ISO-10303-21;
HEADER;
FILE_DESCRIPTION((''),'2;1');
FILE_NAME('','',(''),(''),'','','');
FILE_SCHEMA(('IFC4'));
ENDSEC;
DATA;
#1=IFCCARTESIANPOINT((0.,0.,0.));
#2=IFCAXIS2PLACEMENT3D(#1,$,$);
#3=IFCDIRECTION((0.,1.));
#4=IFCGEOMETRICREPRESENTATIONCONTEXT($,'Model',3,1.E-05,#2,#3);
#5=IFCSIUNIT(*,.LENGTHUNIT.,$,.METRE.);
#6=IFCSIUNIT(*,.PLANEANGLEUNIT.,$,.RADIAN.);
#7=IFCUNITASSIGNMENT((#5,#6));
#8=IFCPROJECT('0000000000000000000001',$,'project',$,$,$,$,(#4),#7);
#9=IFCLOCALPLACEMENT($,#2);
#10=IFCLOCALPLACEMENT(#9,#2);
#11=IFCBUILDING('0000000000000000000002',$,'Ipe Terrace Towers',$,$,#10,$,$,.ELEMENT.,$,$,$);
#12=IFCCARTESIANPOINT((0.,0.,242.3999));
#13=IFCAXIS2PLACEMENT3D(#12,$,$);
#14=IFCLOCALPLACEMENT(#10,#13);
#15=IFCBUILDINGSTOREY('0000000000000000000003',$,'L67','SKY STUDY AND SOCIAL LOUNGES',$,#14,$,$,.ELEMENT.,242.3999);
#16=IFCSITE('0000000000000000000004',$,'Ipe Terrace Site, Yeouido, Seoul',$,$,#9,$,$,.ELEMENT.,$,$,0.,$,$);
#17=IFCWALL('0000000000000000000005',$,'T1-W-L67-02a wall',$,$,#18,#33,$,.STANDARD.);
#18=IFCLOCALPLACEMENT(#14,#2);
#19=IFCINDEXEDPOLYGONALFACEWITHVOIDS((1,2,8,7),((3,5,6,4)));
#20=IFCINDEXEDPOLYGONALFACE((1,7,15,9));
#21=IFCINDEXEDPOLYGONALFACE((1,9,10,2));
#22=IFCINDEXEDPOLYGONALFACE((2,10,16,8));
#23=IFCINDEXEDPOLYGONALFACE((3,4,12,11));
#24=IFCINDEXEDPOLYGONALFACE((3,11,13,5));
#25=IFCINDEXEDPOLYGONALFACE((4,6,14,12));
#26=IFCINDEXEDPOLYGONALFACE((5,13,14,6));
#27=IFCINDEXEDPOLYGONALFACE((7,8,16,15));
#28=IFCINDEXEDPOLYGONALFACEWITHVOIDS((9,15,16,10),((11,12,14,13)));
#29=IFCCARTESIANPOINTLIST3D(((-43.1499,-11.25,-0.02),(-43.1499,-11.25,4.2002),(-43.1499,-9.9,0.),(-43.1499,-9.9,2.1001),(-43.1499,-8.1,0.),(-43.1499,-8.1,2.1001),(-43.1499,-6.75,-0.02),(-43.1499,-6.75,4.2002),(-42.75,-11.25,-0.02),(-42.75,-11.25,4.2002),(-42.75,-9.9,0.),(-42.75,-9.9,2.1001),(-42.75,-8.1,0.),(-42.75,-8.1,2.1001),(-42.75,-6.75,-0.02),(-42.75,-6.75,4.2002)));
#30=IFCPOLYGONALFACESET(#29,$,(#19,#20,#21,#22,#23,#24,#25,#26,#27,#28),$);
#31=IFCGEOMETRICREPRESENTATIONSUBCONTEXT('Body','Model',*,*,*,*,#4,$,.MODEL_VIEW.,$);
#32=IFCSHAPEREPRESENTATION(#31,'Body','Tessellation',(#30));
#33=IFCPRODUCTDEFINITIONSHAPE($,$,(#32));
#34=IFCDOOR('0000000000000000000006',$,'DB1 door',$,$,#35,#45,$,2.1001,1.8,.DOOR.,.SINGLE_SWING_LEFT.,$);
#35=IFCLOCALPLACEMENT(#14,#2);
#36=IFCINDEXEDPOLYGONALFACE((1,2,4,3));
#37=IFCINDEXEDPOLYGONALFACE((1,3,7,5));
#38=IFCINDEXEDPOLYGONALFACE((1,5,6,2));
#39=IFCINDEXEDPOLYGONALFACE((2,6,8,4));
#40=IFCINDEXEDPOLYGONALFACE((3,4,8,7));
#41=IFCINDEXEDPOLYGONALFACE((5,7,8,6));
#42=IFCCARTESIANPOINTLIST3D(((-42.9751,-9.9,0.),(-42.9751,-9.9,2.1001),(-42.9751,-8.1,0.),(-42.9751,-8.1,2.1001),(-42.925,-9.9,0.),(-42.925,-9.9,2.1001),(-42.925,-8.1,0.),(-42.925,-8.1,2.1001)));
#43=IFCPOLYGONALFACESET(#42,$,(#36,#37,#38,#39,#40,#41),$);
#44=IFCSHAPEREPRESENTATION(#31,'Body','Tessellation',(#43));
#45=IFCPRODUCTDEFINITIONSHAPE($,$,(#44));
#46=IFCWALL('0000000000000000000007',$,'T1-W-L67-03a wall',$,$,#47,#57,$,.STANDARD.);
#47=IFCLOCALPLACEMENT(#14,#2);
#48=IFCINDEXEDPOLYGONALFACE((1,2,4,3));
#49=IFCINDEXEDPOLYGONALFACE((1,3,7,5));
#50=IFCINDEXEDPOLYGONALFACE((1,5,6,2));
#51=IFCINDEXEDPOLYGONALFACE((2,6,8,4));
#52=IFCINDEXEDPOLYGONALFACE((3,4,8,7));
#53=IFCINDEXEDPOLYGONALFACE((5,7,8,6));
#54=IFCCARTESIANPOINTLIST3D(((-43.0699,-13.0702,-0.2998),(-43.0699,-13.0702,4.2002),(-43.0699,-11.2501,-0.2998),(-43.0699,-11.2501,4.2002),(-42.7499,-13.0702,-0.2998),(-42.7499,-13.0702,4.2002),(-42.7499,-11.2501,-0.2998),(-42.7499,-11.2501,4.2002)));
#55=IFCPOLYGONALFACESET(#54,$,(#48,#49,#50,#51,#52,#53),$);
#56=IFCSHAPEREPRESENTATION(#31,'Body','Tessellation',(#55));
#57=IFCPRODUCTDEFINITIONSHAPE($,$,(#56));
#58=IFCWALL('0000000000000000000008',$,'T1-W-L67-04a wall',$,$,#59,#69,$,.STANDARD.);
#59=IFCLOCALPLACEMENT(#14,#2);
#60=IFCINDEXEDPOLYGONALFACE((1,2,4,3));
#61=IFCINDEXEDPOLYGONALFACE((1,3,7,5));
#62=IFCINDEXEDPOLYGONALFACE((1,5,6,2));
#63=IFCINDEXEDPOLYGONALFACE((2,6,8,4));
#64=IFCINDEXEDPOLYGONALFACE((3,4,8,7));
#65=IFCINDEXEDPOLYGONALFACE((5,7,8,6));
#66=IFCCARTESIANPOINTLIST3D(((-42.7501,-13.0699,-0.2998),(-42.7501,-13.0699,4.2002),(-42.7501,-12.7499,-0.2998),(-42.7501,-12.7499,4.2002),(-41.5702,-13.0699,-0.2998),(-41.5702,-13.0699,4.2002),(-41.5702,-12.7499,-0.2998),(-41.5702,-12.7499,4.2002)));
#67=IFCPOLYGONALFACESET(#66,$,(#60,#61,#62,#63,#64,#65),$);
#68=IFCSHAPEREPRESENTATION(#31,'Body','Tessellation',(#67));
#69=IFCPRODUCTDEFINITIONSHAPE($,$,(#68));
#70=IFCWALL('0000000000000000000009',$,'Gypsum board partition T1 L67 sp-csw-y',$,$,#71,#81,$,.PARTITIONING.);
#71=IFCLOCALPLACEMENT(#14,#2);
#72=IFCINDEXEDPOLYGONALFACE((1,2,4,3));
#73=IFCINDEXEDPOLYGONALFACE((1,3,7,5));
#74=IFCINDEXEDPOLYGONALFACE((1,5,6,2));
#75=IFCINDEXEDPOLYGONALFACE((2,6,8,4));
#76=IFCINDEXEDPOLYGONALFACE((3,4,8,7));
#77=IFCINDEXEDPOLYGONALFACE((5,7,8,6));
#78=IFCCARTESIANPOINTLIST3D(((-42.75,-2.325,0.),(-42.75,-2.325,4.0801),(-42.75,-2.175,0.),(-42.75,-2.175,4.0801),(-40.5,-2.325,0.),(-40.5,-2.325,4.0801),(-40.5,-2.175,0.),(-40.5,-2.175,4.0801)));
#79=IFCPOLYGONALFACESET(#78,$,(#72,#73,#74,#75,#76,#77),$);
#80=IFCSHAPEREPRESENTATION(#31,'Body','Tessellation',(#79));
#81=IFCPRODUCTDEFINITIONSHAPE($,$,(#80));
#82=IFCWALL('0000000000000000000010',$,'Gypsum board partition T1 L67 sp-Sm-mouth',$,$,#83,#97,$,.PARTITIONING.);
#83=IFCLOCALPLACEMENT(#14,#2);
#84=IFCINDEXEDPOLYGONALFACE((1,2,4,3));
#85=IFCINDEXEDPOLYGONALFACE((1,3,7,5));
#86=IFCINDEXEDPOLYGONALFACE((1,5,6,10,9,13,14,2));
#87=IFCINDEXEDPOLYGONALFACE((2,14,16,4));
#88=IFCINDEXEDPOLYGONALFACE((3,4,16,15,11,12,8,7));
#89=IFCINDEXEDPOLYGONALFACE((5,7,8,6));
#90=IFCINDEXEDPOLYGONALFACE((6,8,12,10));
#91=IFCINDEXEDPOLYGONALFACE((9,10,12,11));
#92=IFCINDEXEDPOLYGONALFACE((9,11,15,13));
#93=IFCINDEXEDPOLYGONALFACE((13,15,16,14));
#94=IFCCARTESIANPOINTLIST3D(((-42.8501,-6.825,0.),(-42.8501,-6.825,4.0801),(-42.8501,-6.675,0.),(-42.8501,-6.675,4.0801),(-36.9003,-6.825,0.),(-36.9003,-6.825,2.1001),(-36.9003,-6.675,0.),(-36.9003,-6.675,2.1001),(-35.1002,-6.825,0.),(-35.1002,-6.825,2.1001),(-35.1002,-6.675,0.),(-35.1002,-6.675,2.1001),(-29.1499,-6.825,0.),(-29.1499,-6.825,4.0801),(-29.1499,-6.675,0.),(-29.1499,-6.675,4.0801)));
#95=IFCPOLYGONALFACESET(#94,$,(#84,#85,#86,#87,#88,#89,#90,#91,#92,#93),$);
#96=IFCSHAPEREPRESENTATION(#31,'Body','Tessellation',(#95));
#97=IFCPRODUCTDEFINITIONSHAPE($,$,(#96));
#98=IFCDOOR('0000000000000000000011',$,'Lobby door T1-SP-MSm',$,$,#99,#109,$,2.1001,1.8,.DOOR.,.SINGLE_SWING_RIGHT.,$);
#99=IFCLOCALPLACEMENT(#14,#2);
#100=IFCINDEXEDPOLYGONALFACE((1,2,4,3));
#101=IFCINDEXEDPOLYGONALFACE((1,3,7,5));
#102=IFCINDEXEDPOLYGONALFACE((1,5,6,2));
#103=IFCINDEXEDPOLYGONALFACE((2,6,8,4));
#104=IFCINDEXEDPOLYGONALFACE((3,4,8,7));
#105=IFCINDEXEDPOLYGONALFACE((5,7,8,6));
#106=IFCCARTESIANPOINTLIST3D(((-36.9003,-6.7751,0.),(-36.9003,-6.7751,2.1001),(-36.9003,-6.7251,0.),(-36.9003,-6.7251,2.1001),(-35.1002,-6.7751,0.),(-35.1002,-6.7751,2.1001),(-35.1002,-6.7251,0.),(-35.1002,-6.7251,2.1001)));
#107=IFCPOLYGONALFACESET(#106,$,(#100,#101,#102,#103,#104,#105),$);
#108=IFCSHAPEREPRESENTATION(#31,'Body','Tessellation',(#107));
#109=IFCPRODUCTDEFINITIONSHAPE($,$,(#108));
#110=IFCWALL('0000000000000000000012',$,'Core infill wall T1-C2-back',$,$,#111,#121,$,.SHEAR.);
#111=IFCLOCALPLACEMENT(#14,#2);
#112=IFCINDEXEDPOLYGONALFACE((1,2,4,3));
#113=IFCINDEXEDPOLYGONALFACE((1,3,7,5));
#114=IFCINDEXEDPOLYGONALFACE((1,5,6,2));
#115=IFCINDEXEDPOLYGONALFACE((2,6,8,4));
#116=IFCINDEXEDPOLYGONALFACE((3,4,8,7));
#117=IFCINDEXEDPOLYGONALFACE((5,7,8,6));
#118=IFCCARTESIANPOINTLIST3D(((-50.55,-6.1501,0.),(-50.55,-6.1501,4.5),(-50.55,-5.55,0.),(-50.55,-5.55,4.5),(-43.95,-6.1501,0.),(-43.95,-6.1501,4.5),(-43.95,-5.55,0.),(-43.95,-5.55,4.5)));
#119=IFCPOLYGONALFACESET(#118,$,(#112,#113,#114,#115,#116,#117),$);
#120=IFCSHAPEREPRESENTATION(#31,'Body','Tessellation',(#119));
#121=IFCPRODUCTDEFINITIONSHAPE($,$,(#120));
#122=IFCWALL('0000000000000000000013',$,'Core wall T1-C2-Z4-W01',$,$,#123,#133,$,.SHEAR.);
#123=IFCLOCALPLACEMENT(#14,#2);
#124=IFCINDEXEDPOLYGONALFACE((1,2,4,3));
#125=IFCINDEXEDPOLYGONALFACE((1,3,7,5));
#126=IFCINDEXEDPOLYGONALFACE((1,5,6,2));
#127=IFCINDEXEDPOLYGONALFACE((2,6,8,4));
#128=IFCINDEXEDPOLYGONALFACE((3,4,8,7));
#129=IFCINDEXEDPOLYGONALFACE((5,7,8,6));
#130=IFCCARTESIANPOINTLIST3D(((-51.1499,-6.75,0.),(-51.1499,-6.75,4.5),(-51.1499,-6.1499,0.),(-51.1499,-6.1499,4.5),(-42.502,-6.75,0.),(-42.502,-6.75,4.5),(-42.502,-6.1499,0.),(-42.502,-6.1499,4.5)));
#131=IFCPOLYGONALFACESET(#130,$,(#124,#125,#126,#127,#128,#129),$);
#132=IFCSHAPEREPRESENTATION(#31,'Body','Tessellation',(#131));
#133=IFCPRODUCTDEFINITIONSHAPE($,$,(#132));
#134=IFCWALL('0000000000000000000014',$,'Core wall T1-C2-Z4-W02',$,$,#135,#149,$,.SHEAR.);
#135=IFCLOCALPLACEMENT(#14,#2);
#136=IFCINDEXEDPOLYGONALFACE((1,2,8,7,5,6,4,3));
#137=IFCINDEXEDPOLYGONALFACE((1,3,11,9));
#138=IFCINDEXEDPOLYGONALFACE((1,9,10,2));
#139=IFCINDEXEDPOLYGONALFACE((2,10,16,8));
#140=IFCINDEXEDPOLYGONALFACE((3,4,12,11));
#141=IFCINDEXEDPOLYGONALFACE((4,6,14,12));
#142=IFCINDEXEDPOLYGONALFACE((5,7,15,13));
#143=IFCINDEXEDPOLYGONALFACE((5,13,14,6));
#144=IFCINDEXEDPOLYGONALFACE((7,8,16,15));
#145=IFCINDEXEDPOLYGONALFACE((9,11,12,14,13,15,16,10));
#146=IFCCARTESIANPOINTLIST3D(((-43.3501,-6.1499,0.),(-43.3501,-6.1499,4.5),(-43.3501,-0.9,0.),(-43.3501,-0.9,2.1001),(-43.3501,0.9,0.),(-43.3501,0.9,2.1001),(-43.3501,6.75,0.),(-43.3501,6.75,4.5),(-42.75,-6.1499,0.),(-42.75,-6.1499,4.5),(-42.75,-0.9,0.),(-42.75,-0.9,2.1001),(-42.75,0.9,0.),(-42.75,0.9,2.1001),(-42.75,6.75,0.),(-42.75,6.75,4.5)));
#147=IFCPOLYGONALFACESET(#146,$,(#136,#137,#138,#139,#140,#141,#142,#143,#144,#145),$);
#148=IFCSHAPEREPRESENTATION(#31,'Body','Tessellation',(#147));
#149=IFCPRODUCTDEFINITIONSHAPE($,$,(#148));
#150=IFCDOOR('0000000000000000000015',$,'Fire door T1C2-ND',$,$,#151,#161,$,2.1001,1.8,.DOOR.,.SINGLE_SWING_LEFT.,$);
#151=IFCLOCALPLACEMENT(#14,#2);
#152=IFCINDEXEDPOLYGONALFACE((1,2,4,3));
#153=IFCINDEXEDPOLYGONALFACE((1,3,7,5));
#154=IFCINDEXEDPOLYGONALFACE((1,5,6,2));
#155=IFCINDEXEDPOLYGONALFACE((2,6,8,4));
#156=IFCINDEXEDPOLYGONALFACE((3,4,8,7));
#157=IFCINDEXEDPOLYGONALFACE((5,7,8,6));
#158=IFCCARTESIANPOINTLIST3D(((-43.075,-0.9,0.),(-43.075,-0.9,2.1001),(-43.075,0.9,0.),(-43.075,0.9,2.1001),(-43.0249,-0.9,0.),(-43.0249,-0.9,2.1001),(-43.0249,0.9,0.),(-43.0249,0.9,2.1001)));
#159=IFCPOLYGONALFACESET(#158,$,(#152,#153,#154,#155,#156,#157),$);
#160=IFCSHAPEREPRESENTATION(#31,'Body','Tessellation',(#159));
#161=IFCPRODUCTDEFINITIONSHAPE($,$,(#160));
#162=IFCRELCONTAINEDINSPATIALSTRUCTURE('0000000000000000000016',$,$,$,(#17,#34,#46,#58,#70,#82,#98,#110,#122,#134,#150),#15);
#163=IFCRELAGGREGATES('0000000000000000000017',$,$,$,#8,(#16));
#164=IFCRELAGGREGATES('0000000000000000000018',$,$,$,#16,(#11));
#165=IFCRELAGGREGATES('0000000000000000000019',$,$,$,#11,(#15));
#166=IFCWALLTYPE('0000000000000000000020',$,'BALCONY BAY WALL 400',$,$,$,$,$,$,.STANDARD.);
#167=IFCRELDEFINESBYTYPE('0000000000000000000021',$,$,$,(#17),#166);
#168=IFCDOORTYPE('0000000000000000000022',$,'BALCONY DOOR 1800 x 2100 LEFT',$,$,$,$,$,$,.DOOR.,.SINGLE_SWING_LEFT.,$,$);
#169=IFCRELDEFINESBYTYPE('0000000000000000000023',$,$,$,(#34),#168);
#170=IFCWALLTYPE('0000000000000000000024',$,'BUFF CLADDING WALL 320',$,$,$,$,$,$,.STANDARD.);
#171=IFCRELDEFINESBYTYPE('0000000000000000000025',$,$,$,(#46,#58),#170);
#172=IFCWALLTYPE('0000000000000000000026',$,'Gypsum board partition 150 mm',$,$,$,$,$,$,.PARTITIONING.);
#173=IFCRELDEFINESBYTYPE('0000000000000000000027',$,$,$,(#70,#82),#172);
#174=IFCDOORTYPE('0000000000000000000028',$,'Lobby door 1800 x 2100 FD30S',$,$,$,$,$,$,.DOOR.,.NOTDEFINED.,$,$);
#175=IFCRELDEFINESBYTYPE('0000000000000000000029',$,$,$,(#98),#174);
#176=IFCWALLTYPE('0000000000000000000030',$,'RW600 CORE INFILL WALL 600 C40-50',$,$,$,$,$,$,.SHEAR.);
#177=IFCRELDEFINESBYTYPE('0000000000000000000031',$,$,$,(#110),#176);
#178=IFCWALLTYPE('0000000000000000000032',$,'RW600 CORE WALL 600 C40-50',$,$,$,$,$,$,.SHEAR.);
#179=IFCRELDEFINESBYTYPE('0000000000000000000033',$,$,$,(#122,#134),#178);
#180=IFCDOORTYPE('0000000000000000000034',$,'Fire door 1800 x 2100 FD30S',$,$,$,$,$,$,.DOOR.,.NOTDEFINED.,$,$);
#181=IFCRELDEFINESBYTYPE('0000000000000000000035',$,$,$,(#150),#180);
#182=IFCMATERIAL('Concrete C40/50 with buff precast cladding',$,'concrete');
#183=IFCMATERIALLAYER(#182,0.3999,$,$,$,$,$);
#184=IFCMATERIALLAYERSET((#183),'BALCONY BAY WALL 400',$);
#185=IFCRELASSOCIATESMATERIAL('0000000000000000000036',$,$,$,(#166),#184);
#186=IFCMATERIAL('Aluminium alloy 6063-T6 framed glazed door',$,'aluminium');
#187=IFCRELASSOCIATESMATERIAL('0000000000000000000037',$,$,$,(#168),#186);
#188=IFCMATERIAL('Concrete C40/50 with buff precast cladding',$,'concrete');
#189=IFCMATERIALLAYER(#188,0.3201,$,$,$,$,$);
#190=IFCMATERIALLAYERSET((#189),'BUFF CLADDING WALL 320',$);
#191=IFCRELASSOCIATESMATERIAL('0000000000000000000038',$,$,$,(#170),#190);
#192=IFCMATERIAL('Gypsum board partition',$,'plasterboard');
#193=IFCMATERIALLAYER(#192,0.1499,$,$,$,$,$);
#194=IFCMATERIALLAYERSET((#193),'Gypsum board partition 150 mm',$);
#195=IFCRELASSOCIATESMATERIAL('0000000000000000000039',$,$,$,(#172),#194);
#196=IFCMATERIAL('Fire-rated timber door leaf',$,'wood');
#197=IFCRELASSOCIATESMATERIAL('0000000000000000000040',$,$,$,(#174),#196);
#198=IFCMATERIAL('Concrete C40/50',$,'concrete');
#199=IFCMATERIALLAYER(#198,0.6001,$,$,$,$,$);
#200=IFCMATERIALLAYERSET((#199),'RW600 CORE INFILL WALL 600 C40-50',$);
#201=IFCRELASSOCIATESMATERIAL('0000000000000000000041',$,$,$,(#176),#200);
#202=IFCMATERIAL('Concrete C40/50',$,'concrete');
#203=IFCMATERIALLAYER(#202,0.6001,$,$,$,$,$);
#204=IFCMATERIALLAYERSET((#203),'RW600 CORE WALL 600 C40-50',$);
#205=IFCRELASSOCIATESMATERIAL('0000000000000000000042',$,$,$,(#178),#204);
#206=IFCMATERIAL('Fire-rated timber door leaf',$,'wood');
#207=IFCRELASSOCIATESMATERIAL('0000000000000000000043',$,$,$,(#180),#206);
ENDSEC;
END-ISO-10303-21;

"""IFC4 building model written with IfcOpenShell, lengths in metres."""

from ifc_helpers import new_model, si_unit, direction, frame, frame_2d, origin, place, context, subcontext, project, spatial, rectangle, extrude, material, layer, layer_set, type_object, element, fill, save


model = new_model("IFC4")

# Units and contexts
model_context = context("Model", 3, precision=1e-05, world=origin(), true_north=direction((0.0, 1.0)))
body_context = subcontext(model_context, "Body", "Model", "MODEL_VIEW")
ifc_project = project(units=[si_unit("LENGTHUNIT", "METRE"), si_unit("PLANEANGLEUNIT", "RADIAN")], contexts=[model_context])

# Site, building, storey
site_placement = place(None, origin())
site = spatial("IfcSite", under=ifc_project, at=site_placement, Name="Ipe Terrace Site, Yeouido, Seoul", CompositionType="ELEMENT", RefElevation=0.0)
building_placement = place(site_placement, origin())
building = spatial("IfcBuilding", under=site, at=building_placement, Name="Ipe Terrace Towers", CompositionType="ELEMENT")
storey_placement = place(building_placement, frame((0.0, 0.0, 242.3999)))
storey = spatial("IfcBuildingStorey", under=building, at=storey_placement, Name="L67", Description="SKY STUDY AND SOCIAL LOUNGES", CompositionType="ELEMENT", Elevation=242.3999)

# Wall, opening, door
ifc_material_1 = material(Name="Concrete C40/50 with buff precast cladding", Category="concrete")
ifc_layer_1 = layer(ifc_material_1, 0.3999)
ifc_layer_set_1 = layer_set([ifc_layer_1], Name="BALCONY BAY WALL 400")
wall_type_1 = type_object("IfcWallType", Name="BALCONY BAY WALL 400", PredefinedType="STANDARD", material=ifc_layer_set_1)
wall_1_placement = place(storey_placement, frame((-42.95, -6.75, -0.02), z_axis=(0.0, 0.0, 1.0), x_axis=(0.0, -1.0, 0.0)))
wall_1 = element("IfcWall", 1, at=wall_1_placement, inside=storey, type_object=wall_type_1, Name="T1-W-L67-02a wall", PredefinedType="STANDARD", context=body_context, shape_type="SweptSolid", body=[
    extrude(rectangle(XDim=4.5, YDim=0.3999, at=frame_2d((2.25, 0.0))), origin(), (0.0, 0.0, 1.0), 4.2202),
])
opening_1_placement = place(wall_1_placement, frame((1.3501, 0.0, 0.02)))
opening_1 = element("IfcOpeningElement", 2, at=opening_1_placement, cuts=wall_1, PredefinedType="OPENING", context=body_context, shape_type="SweptSolid", body=[
    extrude(rectangle(XDim=1.8, YDim=2.1001, at=frame_2d((0.8999, 1.05))), frame((0.0, 0.21, 0.0), z_axis=(0.0, -1.0, 0.0), x_axis=(1.0, 0.0, 0.0)), (0.0, 0.0, 1.0), 0.4199),
])
ifc_material_2 = material(Name="Aluminium alloy 6063-T6 framed glazed door", Category="aluminium")
door_type_1 = type_object("IfcDoorType", Name="BALCONY DOOR 1800 x 2100 LEFT", OperationType="SINGLE_SWING_LEFT", PredefinedType="DOOR", material=ifc_material_2)
door_1_placement = place(opening_1_placement, origin())
door_1 = element("IfcDoor", 3, at=door_1_placement, inside=storey, type_object=door_type_1, Name="DB1 door", OperationType="SINGLE_SWING_LEFT", OverallHeight=2.1001, OverallWidth=1.8, PredefinedType="DOOR", context=body_context, shape_type="SweptSolid", body=[
    extrude(rectangle(XDim=1.8, YDim=2.1001, at=frame_2d((0.8999, 1.05))), frame((0.0, 0.0249, 0.0), z_axis=(0.0, -1.0, 0.0), x_axis=(1.0, 0.0, 0.0)), (0.0, 0.0, 1.0), 0.05),
])
fill(opening_1, door_1)

# Walls
ifc_material_3 = material(Name="Concrete C40/50 with buff precast cladding", Category="concrete")
ifc_layer_2 = layer(ifc_material_3, 0.3201)
ifc_layer_set_2 = layer_set([ifc_layer_2], Name="BUFF CLADDING WALL 320")
wall_type_2 = type_object("IfcWallType", Name="BUFF CLADDING WALL 320", PredefinedType="STANDARD", material=ifc_layer_set_2)
wall_2_placement = place(storey_placement, frame((-42.9099, -11.25, -0.2998), z_axis=(0.0, 0.0, 1.0), x_axis=(0.0, -1.0, 0.0)))
element("IfcWall", 4, at=wall_2_placement, inside=storey, type_object=wall_type_2, Name="T1-W-L67-03a wall", PredefinedType="STANDARD", context=body_context, shape_type="SweptSolid", body=[
    extrude(rectangle(XDim=1.8201, YDim=0.3201, at=frame_2d((0.9102, 0.0))), origin(), (0.0, 0.0, 1.0), 4.5),
])
wall_3_placement = place(storey_placement, frame((-42.75, -12.9099, -0.2998), z_axis=(0.0, 0.0, 1.0), x_axis=(1.0, 0.0, 0.0)))
element("IfcWall", 5, at=wall_3_placement, inside=storey, type_object=wall_type_2, Name="T1-W-L67-04a wall", PredefinedType="STANDARD", context=body_context, shape_type="SweptSolid", body=[
    extrude(rectangle(XDim=1.1799, YDim=0.3201, at=frame_2d((0.5898, 0.0))), origin(), (0.0, 0.0, 1.0), 4.5),
])
ifc_material_4 = material(Name="Gypsum board partition", Category="plasterboard")
ifc_layer_3 = layer(ifc_material_4, 0.1499)
ifc_layer_set_3 = layer_set([ifc_layer_3], Name="Gypsum board partition 150 mm")
wall_type_3 = type_object("IfcWallType", Name="Gypsum board partition 150 mm", PredefinedType="PARTITIONING", material=ifc_layer_set_3)
wall_4_placement = place(storey_placement, frame((-42.75, -2.25, 0.0), z_axis=(0.0, 0.0, 1.0), x_axis=(1.0, 0.0, 0.0)))
element("IfcWall", 6, at=wall_4_placement, inside=storey, type_object=wall_type_3, Name="Gypsum board partition T1 L67 sp-csw-y", PredefinedType="PARTITIONING", context=body_context, shape_type="SweptSolid", body=[
    extrude(rectangle(XDim=2.25, YDim=0.1499, at=frame_2d((1.125, 0.0))), origin(), (0.0, 0.0, 1.0), 4.0801),
])

# Wall, opening, door
wall_5_placement = place(storey_placement, frame((-42.8501, -6.75, 0.0), z_axis=(0.0, 0.0, 1.0), x_axis=(1.0, 0.0, 0.0)))
wall_5 = element("IfcWall", 7, at=wall_5_placement, inside=storey, type_object=wall_type_3, Name="Gypsum board partition T1 L67 sp-Sm-mouth", PredefinedType="PARTITIONING", context=body_context, shape_type="SweptSolid", body=[
    extrude(rectangle(XDim=13.7002, YDim=0.1499, at=frame_2d((6.8501, 0.0))), origin(), (0.0, 0.0, 1.0), 4.0801),
])
opening_2_placement = place(wall_5_placement, frame((5.95, 0.0, 0.0)))
opening_2 = element("IfcOpeningElement", 8, at=opening_2_placement, cuts=wall_5, PredefinedType="OPENING", context=body_context, shape_type="SweptSolid", body=[
    extrude(rectangle(XDim=1.8, YDim=2.1001, at=frame_2d((0.8999, 1.05))), frame((0.0, 0.085, 0.0), z_axis=(0.0, -1.0, 0.0), x_axis=(1.0, 0.0, 0.0)), (0.0, 0.0, 1.0), 0.1699),
])
ifc_material_5 = material(Name="Fire-rated timber door leaf", Category="wood")
door_type_2 = type_object("IfcDoorType", Name="Lobby door 1800 x 2100 FD30S", OperationType="NOTDEFINED", PredefinedType="DOOR", material=ifc_material_5)
door_2_placement = place(opening_2_placement, origin())
door_2 = element("IfcDoor", 9, at=door_2_placement, inside=storey, type_object=door_type_2, Name="Lobby door T1-SP-MSm", OperationType="SINGLE_SWING_RIGHT", OverallHeight=2.1001, OverallWidth=1.8, PredefinedType="DOOR", context=body_context, shape_type="SweptSolid", body=[
    extrude(rectangle(XDim=1.8, YDim=2.1001, at=frame_2d((0.8999, 1.05))), frame((0.0, 0.0249, 0.0), z_axis=(0.0, -1.0, 0.0), x_axis=(1.0, 0.0, 0.0)), (0.0, 0.0, 1.0), 0.05),
])
fill(opening_2, door_2)

# Walls
ifc_material_6 = material(Name="Concrete C40/50", Category="concrete")
ifc_layer_4 = layer(ifc_material_6, 0.6001)
ifc_layer_set_4 = layer_set([ifc_layer_4], Name="RW600 CORE INFILL WALL 600 C40-50")
wall_type_4 = type_object("IfcWallType", Name="RW600 CORE INFILL WALL 600 C40-50", PredefinedType="SHEAR", material=ifc_layer_set_4)
wall_6_placement = place(storey_placement, frame((-43.95, -5.8501, 0.0), z_axis=(0.0, 0.0, 1.0), x_axis=(-1.0, 0.0, 0.0)))
element("IfcWall", 10, at=wall_6_placement, inside=storey, type_object=wall_type_4, Name="Core infill wall T1-C2-back", PredefinedType="SHEAR", context=body_context, shape_type="SweptSolid", body=[
    extrude(rectangle(XDim=6.6001, YDim=0.6001, at=frame_2d((3.3, 0.0))), origin(), (0.0, 0.0, 1.0), 4.5),
])
ifc_material_7 = material(Name="Concrete C40/50", Category="concrete")
ifc_layer_5 = layer(ifc_material_7, 0.6001)
ifc_layer_set_5 = layer_set([ifc_layer_5], Name="RW600 CORE WALL 600 C40-50")
wall_type_5 = type_object("IfcWallType", Name="RW600 CORE WALL 600 C40-50", PredefinedType="SHEAR", material=ifc_layer_set_5)
wall_7_placement = place(storey_placement, frame((-51.1499, -6.45, 0.0), z_axis=(0.0, 0.0, 1.0), x_axis=(1.0, 0.0, 0.0)))
element("IfcWall", 11, at=wall_7_placement, inside=storey, type_object=wall_type_5, Name="Core wall T1-C2-Z4-W01", PredefinedType="SHEAR", context=body_context, shape_type="SweptSolid", body=[
    extrude(rectangle(XDim=8.6479, YDim=0.6001, at=frame_2d((4.324, 0.0))), origin(), (0.0, 0.0, 1.0), 4.5),
])

# Wall, opening, door
wall_8_placement = place(storey_placement, frame((-43.05, -6.1499, 0.0), z_axis=(0.0, 0.0, 1.0), x_axis=(0.0, 1.0, 0.0)))
wall_8 = element("IfcWall", 12, at=wall_8_placement, inside=storey, type_object=wall_type_5, Name="Core wall T1-C2-Z4-W02", PredefinedType="SHEAR", context=body_context, shape_type="SweptSolid", body=[
    extrude(rectangle(XDim=12.8999, YDim=0.6001, at=frame_2d((6.45, 0.0))), origin(), (0.0, 0.0, 1.0), 4.5),
])
opening_3_placement = place(wall_8_placement, frame((5.25, 0.0, 0.0)))
opening_3 = element("IfcOpeningElement", 13, at=opening_3_placement, cuts=wall_8, PredefinedType="OPENING", context=body_context, shape_type="SweptSolid", body=[
    extrude(rectangle(XDim=1.8, YDim=2.1001, at=frame_2d((0.8999, 1.05))), frame((0.0, 0.3101, 0.0), z_axis=(0.0, -1.0, 0.0), x_axis=(1.0, 0.0, 0.0)), (0.0, 0.0, 1.0), 0.6201),
])
ifc_material_8 = material(Name="Fire-rated timber door leaf", Category="wood")
door_type_3 = type_object("IfcDoorType", Name="Fire door 1800 x 2100 FD30S", OperationType="NOTDEFINED", PredefinedType="DOOR", material=ifc_material_8)
door_3_placement = place(opening_3_placement, origin())
door_3 = element("IfcDoor", 14, at=door_3_placement, inside=storey, type_object=door_type_3, Name="Fire door T1C2-ND", OperationType="SINGLE_SWING_LEFT", OverallHeight=2.1001, OverallWidth=1.8, PredefinedType="DOOR", context=body_context, shape_type="SweptSolid", body=[
    extrude(rectangle(XDim=1.8, YDim=2.1001, at=frame_2d((0.8999, 1.05))), frame((0.0, 0.0249, 0.0), z_axis=(0.0, -1.0, 0.0), x_axis=(1.0, 0.0, 0.0)), (0.0, 0.0, 1.0), 0.05),
])
fill(opening_3, door_3)

save(model, "model.ifc")
